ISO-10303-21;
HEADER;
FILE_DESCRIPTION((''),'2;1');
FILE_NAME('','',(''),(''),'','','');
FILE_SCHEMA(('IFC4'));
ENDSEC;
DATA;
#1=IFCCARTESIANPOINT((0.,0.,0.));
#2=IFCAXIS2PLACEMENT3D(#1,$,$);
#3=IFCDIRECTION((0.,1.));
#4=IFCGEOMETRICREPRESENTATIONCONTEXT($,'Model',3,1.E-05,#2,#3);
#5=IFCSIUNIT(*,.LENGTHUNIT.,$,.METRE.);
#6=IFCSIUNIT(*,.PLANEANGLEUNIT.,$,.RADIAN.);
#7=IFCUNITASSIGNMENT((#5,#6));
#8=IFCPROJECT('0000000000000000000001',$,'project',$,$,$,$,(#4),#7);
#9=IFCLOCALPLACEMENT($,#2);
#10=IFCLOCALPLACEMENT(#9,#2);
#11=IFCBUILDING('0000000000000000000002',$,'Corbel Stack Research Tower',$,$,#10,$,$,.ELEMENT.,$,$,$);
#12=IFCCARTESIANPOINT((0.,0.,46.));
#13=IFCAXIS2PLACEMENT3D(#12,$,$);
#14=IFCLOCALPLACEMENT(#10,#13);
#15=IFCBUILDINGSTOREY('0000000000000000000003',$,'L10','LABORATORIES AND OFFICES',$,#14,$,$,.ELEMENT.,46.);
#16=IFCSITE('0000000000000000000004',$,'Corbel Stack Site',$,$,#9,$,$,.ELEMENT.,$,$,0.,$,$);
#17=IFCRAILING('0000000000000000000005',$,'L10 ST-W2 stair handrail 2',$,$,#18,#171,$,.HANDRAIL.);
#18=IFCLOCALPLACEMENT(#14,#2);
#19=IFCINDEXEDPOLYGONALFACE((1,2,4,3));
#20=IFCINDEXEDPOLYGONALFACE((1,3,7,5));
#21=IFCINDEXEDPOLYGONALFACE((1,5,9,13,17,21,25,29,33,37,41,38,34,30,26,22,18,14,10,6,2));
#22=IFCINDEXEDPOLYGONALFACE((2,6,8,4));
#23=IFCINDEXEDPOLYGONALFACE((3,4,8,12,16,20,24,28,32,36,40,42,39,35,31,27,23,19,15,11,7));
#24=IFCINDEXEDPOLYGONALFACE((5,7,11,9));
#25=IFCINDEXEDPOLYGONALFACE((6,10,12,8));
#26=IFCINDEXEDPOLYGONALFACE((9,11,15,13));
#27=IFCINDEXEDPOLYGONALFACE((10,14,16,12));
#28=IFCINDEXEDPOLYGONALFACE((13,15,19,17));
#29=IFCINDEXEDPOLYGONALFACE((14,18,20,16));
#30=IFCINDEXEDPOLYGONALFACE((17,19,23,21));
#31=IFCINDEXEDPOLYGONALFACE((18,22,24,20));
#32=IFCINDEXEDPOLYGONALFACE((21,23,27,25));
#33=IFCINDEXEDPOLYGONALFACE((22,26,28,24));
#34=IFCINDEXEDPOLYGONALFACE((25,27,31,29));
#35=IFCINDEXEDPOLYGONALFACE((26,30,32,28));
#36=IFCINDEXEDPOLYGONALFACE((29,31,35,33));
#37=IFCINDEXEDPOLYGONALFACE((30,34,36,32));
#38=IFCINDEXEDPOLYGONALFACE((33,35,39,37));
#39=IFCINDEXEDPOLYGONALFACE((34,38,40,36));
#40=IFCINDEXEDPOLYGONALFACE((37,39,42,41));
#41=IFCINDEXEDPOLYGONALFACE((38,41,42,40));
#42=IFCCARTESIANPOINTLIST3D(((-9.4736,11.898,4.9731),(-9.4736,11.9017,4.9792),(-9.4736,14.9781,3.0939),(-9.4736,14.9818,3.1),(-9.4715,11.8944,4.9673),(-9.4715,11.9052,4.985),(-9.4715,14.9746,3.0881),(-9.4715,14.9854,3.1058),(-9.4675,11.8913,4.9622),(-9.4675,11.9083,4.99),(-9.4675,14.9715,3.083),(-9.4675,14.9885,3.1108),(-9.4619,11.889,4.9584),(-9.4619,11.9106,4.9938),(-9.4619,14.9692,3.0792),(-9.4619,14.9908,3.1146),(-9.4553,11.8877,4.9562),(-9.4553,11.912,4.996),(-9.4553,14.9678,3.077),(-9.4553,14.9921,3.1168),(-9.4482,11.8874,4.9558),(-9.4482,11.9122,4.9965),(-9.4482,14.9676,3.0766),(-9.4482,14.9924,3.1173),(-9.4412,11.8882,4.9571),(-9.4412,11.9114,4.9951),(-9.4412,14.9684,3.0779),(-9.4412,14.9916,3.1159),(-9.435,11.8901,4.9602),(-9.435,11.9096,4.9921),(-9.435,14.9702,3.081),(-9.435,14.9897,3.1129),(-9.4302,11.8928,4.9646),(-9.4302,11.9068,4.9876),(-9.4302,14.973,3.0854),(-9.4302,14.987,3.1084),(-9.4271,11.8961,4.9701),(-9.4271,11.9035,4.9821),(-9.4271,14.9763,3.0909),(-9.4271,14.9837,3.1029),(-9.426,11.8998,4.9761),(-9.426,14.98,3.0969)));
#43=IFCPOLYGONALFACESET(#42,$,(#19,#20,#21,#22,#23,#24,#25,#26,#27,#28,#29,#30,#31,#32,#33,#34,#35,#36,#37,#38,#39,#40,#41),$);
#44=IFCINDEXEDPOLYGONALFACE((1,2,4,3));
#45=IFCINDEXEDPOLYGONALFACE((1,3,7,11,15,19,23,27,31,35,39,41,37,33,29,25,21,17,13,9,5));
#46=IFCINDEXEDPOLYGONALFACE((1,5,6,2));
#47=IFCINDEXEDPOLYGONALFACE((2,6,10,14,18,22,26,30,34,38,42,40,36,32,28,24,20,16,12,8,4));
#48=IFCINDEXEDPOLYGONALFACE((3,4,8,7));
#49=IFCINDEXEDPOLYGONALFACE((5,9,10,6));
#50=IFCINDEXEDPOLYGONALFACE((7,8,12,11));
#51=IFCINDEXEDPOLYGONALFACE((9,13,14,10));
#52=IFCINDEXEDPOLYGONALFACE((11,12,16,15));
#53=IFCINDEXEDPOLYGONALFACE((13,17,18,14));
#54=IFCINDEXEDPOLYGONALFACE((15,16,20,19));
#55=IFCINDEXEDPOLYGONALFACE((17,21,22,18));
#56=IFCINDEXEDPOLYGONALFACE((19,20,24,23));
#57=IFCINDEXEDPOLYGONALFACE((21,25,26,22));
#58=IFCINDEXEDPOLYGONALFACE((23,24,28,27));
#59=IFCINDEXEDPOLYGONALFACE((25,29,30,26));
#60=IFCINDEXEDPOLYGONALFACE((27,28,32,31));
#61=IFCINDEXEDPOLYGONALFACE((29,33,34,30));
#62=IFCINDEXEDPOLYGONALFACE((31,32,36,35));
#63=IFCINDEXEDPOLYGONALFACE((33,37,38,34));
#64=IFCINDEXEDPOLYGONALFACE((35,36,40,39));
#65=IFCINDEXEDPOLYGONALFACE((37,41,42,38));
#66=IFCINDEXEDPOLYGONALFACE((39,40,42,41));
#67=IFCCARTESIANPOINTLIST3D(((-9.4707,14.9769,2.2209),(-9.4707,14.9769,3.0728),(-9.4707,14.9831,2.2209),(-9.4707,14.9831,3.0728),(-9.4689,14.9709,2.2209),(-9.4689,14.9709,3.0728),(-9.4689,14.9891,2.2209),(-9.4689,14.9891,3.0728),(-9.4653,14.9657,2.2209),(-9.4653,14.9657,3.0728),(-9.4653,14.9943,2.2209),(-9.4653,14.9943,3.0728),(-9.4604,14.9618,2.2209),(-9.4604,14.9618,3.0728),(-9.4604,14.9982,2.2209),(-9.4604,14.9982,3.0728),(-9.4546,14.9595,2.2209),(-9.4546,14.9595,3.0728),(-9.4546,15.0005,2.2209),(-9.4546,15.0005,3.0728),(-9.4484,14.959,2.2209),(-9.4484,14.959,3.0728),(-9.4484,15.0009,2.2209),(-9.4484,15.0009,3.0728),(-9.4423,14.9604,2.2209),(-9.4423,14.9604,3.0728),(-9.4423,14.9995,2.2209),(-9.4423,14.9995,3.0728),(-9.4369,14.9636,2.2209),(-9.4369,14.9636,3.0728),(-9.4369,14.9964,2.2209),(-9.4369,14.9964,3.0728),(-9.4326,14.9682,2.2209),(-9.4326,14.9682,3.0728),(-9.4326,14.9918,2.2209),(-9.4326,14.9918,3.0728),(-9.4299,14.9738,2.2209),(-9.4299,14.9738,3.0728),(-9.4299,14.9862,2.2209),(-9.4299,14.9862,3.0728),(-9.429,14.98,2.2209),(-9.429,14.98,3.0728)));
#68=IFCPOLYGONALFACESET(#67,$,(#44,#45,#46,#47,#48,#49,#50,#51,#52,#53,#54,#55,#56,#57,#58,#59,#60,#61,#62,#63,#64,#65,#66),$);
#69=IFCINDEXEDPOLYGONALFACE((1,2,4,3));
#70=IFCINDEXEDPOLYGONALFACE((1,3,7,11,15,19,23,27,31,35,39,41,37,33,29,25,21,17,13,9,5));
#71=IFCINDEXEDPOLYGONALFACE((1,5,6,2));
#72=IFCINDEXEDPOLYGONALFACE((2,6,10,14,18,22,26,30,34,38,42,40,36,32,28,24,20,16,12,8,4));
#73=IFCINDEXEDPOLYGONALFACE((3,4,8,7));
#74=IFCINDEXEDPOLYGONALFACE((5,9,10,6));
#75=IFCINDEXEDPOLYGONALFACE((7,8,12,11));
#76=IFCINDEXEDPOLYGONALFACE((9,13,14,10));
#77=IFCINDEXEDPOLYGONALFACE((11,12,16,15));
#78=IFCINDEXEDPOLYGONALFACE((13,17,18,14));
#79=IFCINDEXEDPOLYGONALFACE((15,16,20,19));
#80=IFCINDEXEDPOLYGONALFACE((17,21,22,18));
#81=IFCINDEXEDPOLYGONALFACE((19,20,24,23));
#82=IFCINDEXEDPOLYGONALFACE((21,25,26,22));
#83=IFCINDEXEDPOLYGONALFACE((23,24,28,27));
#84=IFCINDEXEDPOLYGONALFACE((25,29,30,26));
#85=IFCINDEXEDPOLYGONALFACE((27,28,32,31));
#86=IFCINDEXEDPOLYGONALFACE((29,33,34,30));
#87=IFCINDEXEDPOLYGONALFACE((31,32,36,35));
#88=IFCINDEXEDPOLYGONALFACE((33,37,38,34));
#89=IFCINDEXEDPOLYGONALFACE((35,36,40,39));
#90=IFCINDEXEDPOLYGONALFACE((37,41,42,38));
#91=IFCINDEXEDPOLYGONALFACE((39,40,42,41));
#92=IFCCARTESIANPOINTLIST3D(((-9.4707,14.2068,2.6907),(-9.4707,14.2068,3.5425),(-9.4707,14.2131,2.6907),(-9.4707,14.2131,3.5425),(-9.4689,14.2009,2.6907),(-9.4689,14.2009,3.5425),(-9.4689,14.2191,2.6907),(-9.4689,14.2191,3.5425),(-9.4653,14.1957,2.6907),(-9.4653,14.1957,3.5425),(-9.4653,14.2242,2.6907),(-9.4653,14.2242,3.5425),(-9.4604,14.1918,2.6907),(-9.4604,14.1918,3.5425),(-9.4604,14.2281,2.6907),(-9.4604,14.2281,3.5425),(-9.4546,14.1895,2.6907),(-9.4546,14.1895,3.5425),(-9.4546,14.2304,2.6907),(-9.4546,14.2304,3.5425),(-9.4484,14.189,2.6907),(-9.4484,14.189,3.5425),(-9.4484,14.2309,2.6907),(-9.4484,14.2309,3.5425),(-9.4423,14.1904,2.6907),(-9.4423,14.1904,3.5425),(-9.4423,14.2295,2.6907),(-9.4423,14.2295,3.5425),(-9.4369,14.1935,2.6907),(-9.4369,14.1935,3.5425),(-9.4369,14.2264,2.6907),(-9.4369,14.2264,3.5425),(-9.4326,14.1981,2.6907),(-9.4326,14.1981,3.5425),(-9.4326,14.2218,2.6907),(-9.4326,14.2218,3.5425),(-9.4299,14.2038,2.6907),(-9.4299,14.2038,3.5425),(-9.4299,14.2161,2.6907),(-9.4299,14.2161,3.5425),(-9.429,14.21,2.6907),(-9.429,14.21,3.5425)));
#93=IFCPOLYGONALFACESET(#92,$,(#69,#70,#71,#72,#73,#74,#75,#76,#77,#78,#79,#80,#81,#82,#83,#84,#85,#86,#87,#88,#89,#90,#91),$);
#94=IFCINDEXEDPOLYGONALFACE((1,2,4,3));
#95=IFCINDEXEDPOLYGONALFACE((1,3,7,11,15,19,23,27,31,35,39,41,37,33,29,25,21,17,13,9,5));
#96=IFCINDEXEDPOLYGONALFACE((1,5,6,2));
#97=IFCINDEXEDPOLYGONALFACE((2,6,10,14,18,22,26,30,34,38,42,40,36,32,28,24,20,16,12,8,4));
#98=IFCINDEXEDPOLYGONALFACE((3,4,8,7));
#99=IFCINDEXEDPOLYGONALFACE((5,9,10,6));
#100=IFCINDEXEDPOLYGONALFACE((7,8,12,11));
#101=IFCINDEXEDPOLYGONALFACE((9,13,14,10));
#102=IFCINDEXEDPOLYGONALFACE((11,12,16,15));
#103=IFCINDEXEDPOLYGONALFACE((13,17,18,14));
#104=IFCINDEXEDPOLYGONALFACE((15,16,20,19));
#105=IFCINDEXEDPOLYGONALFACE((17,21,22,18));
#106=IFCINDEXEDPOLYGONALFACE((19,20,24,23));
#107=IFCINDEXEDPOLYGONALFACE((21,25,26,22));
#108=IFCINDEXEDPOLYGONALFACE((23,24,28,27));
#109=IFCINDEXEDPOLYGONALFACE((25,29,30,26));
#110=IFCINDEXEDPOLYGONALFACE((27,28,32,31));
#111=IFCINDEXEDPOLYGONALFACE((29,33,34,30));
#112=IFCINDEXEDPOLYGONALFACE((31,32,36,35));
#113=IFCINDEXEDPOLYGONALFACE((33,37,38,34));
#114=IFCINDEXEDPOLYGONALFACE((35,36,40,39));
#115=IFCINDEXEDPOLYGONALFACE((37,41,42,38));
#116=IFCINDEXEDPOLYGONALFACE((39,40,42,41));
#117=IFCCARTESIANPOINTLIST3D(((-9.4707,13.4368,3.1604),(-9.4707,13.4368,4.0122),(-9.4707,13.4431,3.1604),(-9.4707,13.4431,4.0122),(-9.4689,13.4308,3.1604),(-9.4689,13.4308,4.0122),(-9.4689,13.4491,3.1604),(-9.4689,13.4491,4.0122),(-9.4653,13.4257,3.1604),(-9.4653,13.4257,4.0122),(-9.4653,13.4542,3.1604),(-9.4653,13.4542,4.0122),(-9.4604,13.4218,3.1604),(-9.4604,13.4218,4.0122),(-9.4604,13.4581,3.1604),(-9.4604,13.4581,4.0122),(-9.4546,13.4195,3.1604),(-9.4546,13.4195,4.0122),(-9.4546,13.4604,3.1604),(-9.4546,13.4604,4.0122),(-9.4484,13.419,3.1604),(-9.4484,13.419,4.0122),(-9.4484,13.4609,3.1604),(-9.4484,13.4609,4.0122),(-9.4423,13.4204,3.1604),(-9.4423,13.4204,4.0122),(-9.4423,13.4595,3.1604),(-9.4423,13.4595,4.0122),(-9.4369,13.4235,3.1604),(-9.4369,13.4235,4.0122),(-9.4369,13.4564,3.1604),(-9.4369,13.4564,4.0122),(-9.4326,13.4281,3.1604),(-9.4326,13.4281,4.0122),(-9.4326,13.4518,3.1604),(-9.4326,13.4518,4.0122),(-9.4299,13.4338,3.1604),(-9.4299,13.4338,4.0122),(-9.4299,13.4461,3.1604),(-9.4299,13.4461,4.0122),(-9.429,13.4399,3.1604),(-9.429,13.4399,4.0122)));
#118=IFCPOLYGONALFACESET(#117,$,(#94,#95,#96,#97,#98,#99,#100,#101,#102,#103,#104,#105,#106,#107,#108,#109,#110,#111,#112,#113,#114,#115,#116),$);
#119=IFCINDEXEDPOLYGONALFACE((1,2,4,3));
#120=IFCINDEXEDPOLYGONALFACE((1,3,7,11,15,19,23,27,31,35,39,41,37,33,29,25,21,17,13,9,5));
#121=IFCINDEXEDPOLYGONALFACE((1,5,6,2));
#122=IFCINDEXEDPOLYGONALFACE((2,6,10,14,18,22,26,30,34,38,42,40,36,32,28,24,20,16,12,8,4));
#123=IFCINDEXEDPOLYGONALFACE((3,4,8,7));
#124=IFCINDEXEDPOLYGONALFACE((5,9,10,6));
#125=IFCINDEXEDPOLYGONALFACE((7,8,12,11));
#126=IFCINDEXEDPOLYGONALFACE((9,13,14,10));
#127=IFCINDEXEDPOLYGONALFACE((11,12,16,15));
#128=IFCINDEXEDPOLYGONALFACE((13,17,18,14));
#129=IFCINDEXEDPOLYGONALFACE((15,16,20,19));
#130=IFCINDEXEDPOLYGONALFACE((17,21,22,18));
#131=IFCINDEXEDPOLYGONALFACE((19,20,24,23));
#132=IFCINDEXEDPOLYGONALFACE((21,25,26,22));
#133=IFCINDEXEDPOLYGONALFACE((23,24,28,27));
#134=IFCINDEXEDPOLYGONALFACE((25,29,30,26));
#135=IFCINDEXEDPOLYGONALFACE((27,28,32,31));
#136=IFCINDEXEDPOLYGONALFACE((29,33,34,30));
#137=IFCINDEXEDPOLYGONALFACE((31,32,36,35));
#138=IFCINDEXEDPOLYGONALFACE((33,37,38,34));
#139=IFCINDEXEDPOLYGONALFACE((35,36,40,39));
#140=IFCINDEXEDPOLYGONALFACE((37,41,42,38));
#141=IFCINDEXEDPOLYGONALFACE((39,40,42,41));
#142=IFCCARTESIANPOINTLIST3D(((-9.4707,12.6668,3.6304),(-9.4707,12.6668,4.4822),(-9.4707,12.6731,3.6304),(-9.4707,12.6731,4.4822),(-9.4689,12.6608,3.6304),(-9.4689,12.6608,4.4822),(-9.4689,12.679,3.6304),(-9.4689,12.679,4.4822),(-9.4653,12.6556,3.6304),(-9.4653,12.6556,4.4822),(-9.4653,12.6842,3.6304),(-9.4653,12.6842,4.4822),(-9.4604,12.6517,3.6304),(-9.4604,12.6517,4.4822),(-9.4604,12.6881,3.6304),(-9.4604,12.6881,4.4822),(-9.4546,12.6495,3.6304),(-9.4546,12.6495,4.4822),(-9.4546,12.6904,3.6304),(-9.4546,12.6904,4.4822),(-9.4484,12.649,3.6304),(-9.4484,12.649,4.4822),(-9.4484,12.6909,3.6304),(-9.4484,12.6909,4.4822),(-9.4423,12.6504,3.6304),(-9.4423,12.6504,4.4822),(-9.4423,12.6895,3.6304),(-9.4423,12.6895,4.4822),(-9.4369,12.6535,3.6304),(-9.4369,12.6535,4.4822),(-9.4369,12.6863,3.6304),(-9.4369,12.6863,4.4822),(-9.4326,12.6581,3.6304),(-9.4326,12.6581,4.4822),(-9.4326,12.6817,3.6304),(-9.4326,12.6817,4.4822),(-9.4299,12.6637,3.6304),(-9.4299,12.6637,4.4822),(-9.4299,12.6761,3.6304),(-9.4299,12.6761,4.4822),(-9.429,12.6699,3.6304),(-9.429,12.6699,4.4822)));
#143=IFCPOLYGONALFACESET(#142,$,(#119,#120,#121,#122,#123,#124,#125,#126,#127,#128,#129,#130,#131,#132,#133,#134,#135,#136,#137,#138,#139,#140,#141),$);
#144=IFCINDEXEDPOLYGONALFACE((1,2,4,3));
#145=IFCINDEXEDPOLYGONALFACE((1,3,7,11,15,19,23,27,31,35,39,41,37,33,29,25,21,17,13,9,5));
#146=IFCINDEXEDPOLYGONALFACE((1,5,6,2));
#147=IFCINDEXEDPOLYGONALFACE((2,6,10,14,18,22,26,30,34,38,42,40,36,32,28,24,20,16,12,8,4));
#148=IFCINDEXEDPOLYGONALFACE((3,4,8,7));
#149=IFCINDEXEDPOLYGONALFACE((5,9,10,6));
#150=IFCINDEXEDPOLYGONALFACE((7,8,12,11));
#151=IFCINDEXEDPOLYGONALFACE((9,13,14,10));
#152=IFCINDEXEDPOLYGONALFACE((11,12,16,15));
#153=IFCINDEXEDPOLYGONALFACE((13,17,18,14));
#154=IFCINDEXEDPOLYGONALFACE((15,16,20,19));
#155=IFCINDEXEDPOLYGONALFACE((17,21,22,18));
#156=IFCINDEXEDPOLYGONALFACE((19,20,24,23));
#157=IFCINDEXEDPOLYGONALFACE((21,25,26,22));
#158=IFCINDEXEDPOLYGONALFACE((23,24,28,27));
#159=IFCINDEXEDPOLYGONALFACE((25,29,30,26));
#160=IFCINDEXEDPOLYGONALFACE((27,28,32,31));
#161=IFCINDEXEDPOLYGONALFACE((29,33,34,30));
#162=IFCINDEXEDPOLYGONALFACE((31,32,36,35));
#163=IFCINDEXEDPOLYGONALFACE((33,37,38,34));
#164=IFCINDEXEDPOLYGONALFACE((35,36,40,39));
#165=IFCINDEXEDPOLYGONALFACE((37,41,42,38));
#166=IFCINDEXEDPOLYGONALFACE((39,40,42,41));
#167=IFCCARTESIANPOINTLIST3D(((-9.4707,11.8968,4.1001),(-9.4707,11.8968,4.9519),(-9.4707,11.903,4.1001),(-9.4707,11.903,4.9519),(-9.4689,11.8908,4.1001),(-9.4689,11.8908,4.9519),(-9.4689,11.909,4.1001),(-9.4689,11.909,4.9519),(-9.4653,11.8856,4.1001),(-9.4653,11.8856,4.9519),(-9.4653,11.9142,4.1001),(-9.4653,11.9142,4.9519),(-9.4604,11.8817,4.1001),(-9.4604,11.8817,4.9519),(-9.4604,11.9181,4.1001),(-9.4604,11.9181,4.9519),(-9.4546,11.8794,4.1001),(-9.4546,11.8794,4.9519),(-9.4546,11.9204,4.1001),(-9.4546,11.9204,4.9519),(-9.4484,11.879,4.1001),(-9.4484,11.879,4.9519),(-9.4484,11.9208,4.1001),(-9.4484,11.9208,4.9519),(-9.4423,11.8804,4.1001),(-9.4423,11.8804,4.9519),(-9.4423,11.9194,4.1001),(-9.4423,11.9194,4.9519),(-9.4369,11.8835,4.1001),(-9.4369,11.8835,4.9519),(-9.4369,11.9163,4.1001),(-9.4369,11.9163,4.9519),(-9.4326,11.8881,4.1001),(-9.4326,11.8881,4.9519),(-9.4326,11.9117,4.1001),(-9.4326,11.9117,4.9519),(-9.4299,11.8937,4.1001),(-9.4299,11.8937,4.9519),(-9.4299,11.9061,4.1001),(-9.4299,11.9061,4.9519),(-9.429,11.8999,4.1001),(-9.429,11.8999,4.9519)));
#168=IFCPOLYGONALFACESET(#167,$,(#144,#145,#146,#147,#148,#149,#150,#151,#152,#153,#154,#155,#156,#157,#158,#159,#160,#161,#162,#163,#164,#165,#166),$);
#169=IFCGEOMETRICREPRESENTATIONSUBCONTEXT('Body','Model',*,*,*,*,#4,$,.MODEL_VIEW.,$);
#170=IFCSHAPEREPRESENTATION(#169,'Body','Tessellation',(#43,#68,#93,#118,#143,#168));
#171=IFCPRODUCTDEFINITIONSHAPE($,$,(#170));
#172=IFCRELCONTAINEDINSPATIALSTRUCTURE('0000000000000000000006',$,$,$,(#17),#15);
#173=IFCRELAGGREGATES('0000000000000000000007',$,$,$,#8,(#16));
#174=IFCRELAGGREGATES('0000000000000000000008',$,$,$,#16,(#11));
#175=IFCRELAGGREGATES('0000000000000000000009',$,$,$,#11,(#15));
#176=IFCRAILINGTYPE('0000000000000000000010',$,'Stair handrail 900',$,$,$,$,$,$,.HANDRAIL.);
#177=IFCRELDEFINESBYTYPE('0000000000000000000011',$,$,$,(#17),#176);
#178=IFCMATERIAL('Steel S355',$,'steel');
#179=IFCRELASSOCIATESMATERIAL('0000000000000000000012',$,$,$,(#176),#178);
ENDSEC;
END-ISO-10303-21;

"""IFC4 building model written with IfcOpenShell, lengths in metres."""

from ifc_helpers import new_model, si_unit, direction, frame, origin, origin_2d, place, context, subcontext, project, spatial, circle, extrude, material, type_object, element, save


model = new_model("IFC4")

# Units and contexts
model_context = context("Model", 3, precision=1e-05, world=origin(), true_north=direction((0.0, 1.0)))
body_context = subcontext(model_context, "Body", "Model", "MODEL_VIEW")
ifc_project = project(units=[si_unit("LENGTHUNIT", "METRE"), si_unit("PLANEANGLEUNIT", "RADIAN")], contexts=[model_context])

# Site, building, storey
site_placement = place(None, origin())
site = spatial("IfcSite", under=ifc_project, at=site_placement, Name="Corbel Stack Site", CompositionType="ELEMENT", RefElevation=0.0)
building_placement = place(site_placement, origin())
building = spatial("IfcBuilding", under=site, at=building_placement, Name="Corbel Stack Research Tower", CompositionType="ELEMENT")
storey_placement = place(building_placement, frame((0.0, 0.0, 46.0)))
storey = spatial("IfcBuildingStorey", under=building, at=storey_placement, Name="L10", Description="LABORATORIES AND OFFICES", CompositionType="ELEMENT", Elevation=46.0)

# Railing
ifc_material_1 = material(Name="Steel S355", Category="steel")
railing_type_1 = type_object("IfcRailingType", Name="Stair handrail 900", PredefinedType="HANDRAIL", material=ifc_material_1)
railing_1_placement = place(storey_placement, frame((-9.45, 14.98, 2.2209)))
element("IfcRailing", 1, at=railing_1_placement, inside=storey, type_object=railing_type_1, Name="L10 ST-W2 stair handrail 2", PredefinedType="HANDRAIL", context=body_context, shape_type="SweptSolid", body=[
    extrude(circle(Radius=0.0239, at=origin_2d()), frame((0.0, 0.0, 0.876), z_axis=(0.0, -0.853666, 0.52082), x_axis=(1.0, 0.0, 0.0)), (0.0, 0.0, 1.0), 3.6082),
    extrude(circle(Radius=0.021, at=origin_2d()), origin(), (0.0, 0.0, 1.0), 0.8518),
    extrude(circle(Radius=0.021, at=origin_2d()), frame((0.0, -0.77, 0.4697)), (0.0, 0.0, 1.0), 0.8518),
    extrude(circle(Radius=0.021, at=origin_2d()), frame((0.0, -1.54, 0.9395)), (0.0, 0.0, 1.0), 0.8518),
    extrude(circle(Radius=0.021, at=origin_2d()), frame((0.0, -2.3101, 1.4094)), (0.0, 0.0, 1.0), 0.8518),
    extrude(circle(Radius=0.021, at=origin_2d()), frame((0.0, -3.0801, 1.8792)), (0.0, 0.0, 1.0), 0.8518),
])

save(model, "model.ifc")
